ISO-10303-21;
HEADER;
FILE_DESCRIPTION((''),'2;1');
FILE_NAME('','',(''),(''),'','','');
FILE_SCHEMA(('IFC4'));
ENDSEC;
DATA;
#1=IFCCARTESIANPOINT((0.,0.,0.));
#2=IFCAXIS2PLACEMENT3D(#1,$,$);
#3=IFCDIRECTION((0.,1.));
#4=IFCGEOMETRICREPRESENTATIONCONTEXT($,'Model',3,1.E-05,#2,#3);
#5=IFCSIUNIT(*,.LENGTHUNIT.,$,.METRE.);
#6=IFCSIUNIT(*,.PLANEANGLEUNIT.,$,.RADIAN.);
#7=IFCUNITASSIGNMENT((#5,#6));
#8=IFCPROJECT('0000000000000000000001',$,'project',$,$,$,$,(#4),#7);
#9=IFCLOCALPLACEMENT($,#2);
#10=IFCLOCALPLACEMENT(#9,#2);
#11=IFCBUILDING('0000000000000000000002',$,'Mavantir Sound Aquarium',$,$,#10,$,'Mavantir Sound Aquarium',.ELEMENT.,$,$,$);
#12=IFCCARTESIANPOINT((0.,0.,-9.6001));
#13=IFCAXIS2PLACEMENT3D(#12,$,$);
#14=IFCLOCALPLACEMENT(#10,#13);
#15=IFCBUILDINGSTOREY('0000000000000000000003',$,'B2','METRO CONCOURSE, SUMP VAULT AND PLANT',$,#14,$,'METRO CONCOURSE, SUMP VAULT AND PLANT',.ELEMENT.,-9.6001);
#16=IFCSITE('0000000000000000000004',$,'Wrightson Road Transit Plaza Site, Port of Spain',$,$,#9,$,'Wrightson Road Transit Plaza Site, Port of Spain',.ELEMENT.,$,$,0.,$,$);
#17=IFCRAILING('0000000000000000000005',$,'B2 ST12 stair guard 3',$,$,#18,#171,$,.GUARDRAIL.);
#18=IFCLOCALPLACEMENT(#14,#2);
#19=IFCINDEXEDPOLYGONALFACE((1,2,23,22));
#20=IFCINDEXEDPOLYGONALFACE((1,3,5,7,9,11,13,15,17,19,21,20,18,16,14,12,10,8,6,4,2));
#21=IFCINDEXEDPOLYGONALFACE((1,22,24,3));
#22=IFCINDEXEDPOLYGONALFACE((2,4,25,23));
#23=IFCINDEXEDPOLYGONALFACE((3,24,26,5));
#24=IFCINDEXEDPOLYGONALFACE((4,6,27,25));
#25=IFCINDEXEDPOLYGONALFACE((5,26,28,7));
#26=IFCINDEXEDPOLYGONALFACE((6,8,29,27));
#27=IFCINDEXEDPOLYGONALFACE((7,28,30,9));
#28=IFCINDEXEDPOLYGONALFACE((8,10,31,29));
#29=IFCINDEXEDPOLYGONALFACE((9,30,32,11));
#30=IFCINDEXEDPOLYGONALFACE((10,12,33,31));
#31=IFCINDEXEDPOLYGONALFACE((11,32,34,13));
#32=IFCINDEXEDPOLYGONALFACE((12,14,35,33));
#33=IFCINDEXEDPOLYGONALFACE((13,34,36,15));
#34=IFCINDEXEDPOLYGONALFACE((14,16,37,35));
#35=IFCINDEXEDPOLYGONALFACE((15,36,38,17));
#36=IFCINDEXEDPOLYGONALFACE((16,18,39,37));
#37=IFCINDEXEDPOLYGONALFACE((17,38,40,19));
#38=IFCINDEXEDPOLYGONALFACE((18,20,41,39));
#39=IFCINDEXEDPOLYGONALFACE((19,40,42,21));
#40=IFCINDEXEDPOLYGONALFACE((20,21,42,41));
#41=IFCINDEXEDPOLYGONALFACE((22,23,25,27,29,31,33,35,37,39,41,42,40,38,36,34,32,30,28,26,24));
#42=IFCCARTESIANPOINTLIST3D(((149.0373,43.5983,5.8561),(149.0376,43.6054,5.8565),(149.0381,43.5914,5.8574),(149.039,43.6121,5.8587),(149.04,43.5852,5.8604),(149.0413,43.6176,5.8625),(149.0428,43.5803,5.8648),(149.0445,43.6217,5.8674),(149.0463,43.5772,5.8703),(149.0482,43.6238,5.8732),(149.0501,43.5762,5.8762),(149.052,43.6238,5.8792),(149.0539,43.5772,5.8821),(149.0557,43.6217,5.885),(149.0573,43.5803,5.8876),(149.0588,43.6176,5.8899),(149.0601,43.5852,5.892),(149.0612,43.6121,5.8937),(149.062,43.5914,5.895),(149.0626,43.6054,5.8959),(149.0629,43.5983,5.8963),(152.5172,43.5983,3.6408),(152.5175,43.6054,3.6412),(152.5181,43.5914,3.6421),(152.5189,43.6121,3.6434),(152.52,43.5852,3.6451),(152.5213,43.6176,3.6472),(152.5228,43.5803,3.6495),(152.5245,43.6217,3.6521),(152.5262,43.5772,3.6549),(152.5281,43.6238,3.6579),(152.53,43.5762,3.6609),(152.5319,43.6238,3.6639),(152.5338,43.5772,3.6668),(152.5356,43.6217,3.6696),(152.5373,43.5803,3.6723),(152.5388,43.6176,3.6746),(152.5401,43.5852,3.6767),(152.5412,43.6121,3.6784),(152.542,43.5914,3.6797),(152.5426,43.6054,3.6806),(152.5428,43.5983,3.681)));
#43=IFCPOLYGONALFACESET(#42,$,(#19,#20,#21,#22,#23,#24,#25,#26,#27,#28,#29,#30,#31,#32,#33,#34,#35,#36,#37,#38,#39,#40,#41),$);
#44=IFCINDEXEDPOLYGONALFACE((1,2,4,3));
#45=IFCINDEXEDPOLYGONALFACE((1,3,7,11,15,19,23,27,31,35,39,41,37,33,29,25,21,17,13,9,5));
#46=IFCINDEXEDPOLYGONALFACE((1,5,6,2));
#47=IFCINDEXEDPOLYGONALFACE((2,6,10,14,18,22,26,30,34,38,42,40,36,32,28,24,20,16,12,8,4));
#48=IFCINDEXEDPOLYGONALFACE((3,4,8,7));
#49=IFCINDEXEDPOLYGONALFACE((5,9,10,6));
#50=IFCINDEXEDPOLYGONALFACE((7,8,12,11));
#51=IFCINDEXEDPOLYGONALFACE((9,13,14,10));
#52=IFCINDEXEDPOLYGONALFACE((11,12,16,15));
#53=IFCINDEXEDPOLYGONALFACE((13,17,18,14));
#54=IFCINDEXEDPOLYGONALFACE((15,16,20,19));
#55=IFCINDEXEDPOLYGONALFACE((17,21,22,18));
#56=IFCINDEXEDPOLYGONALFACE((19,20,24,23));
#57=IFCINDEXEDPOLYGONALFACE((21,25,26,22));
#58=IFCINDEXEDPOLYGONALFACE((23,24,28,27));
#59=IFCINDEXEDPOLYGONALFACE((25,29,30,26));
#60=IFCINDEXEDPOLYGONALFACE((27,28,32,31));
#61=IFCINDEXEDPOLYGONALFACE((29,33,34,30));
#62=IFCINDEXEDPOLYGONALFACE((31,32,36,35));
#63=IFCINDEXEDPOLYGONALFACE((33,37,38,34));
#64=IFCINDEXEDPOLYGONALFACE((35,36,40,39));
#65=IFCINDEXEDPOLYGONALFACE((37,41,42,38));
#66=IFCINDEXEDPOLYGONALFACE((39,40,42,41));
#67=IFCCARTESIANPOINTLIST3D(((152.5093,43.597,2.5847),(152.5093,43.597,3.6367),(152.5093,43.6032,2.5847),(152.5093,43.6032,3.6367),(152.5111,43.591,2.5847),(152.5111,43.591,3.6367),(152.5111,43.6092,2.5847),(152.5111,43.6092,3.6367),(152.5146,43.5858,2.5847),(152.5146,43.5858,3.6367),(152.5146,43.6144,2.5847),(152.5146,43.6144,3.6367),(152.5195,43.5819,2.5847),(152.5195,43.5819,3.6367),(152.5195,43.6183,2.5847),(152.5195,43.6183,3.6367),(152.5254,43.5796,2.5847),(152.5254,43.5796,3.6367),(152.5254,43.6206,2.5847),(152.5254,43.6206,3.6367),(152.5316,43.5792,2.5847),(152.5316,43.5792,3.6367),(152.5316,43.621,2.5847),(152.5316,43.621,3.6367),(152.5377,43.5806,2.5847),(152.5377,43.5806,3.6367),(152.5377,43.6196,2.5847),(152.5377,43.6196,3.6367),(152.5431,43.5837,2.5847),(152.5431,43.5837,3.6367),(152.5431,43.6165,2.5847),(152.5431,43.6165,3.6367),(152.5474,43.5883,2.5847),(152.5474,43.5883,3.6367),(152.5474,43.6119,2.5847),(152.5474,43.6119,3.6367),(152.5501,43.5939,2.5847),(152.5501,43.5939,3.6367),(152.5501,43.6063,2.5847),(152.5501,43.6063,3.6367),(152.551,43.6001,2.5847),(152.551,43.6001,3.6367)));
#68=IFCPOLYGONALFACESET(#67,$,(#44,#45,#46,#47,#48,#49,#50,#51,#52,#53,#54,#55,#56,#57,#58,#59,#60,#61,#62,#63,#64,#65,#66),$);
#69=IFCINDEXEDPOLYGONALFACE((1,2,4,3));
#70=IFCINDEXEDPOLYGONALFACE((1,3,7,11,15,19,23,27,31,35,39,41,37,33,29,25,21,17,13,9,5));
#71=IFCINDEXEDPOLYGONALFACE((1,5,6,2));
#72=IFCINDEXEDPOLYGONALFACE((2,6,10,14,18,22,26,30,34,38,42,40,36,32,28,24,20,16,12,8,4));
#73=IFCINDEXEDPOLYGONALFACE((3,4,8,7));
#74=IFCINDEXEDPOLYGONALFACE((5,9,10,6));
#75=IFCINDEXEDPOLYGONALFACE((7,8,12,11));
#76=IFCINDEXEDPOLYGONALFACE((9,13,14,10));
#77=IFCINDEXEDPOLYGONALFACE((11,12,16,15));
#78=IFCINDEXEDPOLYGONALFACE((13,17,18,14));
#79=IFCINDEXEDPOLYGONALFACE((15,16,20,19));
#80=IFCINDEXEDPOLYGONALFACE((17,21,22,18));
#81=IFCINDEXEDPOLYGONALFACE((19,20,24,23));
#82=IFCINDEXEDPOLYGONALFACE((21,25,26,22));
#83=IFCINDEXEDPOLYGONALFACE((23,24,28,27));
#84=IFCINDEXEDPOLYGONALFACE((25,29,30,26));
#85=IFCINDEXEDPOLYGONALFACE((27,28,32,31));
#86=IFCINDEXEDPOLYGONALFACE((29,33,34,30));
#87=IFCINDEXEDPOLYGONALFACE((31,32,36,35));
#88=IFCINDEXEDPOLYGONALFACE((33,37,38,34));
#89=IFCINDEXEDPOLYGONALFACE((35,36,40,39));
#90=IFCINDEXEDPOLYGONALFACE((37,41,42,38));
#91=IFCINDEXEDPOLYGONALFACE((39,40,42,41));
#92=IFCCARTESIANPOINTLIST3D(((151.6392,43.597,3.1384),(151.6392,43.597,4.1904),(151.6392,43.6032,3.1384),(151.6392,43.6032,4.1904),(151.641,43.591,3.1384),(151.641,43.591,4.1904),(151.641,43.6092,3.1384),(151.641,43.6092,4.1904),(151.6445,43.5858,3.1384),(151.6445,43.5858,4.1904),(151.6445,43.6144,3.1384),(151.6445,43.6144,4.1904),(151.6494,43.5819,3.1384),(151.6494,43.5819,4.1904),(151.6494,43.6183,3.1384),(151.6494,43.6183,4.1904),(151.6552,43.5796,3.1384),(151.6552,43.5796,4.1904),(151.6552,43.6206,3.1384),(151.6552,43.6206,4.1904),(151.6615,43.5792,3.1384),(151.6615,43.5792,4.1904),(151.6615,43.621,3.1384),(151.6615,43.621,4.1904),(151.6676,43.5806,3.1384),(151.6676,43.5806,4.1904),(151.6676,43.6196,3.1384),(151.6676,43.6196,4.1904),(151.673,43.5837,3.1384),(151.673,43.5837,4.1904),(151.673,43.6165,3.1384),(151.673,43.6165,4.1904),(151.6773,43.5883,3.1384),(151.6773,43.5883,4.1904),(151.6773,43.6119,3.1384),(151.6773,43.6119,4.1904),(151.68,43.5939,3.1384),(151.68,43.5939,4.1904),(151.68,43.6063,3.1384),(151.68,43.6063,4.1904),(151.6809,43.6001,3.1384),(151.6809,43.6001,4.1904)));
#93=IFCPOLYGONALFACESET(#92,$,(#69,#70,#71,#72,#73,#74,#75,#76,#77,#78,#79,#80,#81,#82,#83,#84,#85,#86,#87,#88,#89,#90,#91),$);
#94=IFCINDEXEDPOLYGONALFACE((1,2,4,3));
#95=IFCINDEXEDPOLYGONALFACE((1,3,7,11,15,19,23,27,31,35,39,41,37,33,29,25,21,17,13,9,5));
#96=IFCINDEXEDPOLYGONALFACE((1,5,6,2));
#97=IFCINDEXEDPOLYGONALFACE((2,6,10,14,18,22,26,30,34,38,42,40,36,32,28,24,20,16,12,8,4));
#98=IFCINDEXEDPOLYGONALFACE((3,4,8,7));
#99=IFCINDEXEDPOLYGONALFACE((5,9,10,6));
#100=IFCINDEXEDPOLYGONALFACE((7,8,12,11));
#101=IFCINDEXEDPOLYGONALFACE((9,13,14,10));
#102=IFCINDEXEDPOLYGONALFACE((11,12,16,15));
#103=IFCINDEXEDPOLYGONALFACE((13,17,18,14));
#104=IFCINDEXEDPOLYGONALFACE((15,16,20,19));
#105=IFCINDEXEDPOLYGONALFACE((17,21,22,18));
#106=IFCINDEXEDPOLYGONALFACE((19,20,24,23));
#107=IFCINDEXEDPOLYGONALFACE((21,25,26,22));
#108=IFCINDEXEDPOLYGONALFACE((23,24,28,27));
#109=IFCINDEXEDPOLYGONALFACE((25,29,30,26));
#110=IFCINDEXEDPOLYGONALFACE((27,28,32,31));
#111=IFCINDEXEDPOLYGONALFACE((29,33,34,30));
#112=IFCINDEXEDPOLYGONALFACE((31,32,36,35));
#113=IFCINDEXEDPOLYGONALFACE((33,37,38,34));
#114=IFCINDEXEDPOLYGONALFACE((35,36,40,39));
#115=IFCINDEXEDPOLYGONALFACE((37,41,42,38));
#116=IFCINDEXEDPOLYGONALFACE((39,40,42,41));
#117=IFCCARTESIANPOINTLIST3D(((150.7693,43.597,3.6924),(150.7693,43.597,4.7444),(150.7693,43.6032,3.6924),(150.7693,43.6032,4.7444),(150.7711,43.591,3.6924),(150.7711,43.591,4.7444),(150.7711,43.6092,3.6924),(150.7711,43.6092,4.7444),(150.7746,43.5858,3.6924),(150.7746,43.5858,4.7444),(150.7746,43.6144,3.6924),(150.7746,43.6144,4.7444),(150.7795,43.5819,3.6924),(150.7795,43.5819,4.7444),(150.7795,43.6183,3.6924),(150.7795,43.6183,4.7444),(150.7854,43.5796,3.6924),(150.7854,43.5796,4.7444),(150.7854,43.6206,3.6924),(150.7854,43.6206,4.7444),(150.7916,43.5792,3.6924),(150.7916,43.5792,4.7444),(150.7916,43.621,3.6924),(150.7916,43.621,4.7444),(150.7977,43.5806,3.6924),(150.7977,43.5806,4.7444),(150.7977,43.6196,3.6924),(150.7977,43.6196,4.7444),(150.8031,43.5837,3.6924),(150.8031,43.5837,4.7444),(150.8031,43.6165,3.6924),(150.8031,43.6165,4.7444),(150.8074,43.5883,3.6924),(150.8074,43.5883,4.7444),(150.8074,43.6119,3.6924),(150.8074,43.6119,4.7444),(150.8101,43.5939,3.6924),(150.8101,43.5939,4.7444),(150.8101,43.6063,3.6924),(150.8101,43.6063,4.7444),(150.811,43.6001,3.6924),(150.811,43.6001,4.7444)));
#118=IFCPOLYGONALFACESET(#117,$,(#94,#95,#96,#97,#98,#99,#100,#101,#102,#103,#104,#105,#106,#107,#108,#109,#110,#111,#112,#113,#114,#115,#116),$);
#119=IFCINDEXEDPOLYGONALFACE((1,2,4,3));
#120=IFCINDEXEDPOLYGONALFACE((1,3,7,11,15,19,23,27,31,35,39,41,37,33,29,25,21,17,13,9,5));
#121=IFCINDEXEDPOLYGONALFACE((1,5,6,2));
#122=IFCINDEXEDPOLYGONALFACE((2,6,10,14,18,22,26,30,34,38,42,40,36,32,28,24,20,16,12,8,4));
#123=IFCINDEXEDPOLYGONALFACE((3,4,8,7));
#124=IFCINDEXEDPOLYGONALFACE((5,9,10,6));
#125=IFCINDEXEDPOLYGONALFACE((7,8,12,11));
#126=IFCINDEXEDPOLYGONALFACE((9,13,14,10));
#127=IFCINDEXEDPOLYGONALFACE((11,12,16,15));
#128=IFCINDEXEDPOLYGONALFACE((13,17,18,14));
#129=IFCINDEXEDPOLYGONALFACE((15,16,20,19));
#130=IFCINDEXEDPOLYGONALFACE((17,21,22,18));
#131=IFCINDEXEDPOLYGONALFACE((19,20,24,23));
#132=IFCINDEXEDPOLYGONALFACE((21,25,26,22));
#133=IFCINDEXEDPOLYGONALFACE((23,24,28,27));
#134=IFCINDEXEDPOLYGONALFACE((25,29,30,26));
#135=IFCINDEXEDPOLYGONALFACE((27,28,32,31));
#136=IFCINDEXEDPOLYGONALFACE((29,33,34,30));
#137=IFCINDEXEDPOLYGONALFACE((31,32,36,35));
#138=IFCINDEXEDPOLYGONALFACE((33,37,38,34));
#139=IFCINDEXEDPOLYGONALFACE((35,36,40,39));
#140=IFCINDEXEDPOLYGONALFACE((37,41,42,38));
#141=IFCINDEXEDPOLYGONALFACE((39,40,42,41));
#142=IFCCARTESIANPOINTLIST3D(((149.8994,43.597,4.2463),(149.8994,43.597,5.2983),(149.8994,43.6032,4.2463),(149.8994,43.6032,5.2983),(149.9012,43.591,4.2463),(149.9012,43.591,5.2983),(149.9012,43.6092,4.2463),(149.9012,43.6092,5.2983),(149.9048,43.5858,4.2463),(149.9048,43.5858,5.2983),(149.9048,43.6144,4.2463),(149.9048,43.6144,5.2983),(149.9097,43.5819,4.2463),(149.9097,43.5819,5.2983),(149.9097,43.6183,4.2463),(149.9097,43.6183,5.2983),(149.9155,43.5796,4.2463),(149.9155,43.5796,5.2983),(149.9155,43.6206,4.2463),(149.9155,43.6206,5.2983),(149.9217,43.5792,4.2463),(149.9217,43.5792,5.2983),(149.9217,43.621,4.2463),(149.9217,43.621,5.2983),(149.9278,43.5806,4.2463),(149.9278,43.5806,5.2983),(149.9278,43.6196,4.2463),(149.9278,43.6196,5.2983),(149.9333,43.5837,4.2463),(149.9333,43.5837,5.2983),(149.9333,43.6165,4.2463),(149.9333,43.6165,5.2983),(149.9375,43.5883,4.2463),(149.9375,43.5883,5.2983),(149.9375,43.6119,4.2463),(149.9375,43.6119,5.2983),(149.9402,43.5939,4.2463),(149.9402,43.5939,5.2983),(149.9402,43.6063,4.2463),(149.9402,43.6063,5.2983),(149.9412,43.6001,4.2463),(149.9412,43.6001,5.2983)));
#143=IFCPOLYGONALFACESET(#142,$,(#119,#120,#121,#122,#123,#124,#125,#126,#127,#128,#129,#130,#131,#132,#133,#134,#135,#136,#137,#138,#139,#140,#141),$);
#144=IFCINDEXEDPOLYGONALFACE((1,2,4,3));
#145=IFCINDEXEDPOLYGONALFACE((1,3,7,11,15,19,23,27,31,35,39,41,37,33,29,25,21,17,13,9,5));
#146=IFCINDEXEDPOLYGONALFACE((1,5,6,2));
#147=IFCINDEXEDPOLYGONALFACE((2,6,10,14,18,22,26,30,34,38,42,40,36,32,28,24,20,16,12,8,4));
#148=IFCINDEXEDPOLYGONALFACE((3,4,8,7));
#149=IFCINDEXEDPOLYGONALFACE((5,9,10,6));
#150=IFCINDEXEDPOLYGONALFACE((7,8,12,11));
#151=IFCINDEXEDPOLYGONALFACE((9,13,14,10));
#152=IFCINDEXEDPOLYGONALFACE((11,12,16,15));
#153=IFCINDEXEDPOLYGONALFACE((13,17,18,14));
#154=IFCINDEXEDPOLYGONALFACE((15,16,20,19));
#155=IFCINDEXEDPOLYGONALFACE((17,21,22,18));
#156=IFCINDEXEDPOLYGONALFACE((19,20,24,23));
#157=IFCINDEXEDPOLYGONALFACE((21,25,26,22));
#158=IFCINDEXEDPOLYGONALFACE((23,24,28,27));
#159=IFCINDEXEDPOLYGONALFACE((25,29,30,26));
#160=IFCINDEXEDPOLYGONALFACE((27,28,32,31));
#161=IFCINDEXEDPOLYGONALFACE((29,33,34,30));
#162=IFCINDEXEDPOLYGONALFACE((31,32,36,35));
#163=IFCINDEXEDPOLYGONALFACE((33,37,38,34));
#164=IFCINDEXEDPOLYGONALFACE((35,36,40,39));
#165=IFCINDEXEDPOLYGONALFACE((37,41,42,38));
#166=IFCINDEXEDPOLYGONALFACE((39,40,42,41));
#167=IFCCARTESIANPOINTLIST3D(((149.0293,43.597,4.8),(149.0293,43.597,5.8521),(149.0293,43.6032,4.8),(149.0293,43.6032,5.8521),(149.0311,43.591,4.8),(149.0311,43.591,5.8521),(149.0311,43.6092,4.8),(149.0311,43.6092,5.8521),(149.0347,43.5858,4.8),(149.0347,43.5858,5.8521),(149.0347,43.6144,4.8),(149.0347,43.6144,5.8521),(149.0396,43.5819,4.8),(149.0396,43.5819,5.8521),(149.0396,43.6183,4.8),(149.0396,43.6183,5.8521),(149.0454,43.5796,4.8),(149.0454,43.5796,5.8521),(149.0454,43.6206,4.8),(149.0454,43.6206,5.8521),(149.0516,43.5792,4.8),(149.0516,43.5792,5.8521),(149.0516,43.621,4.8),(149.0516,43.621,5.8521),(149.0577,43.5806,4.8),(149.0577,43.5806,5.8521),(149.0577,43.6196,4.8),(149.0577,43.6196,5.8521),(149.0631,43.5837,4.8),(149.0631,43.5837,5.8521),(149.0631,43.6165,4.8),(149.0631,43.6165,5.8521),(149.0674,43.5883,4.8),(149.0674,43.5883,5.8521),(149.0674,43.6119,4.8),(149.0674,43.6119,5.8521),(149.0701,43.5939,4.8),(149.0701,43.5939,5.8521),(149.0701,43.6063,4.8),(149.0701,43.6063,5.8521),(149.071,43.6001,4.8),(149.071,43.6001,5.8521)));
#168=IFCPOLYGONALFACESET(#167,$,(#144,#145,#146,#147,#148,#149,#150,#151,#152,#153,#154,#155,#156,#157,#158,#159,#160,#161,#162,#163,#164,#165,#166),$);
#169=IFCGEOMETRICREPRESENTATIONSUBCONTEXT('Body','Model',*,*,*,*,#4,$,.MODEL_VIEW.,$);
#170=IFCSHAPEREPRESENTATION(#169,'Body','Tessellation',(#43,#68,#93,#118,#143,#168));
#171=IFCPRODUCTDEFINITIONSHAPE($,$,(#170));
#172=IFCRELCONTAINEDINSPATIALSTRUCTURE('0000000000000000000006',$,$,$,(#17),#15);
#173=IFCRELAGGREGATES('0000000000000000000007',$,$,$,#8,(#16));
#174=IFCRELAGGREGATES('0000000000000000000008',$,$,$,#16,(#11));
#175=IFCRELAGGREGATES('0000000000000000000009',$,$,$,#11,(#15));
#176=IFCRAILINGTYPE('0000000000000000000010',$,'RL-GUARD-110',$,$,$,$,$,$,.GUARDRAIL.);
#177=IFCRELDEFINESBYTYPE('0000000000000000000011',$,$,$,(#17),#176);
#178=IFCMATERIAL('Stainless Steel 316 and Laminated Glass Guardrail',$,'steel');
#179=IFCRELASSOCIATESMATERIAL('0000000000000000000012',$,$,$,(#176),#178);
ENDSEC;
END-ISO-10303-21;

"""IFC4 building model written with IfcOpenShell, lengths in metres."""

from ifc_helpers import new_model, si_unit, direction, frame, origin, origin_2d, place, context, subcontext, project, spatial, circle, extrude, material, type_object, element, save


model = new_model("IFC4")

# Units and contexts
model_context = context("Model", 3, precision=1e-05, world=origin(), true_north=direction((0.0, 1.0)))
body_context = subcontext(model_context, "Body", "Model", "MODEL_VIEW")
ifc_project = project(units=[si_unit("LENGTHUNIT", "METRE"), si_unit("PLANEANGLEUNIT", "RADIAN")], contexts=[model_context])

# Site, building, storey
site_placement = place(None, origin())
site = spatial("IfcSite", under=ifc_project, at=site_placement, Name="Wrightson Road Transit Plaza Site, Port of Spain", LongName="Wrightson Road Transit Plaza Site, Port of Spain", CompositionType="ELEMENT", RefElevation=0.0)
building_placement = place(site_placement, origin())
building = spatial("IfcBuilding", under=site, at=building_placement, Name="Mavantir Sound Aquarium", LongName="Mavantir Sound Aquarium", CompositionType="ELEMENT")
storey_placement = place(building_placement, frame((0.0, 0.0, -9.6001)))
storey = spatial("IfcBuildingStorey", under=building, at=storey_placement, Name="B2", Description="METRO CONCOURSE, SUMP VAULT AND PLANT", LongName="METRO CONCOURSE, SUMP VAULT AND PLANT", CompositionType="ELEMENT", Elevation=-9.6001)

# Railing
ifc_material_1 = material(Name="Stainless Steel 316 and Laminated Glass Guardrail", Category="steel")
railing_type_1 = type_object("IfcRailingType", Name="RL-GUARD-110", PredefinedType="GUARDRAIL", material=ifc_material_1)
railing_1_placement = place(storey_placement, frame((152.53, 43.6001, 2.5847)))
element("IfcRailing", 1, at=railing_1_placement, inside=storey, type_object=railing_type_1, Name="B2 ST12 stair guard 3", PredefinedType="GUARDRAIL", context=body_context, shape_type="SweptSolid", body=[
    extrude(circle(Radius=0.0239, at=origin_2d()), frame((0.0, 0.0, 1.0762), z_axis=(-0.843574, 0.0, 0.537013), x_axis=(0.0, -1.0, 0.0)), (0.0, 0.0, 1.0), 4.1252),
    extrude(circle(Radius=0.021, at=origin_2d()), origin(), (0.0, 0.0, 1.0), 1.052),
    extrude(circle(Radius=0.021, at=origin_2d()), frame((-0.8701, 0.0, 0.5537)), (0.0, 0.0, 1.0), 1.052),
    extrude(circle(Radius=0.021, at=origin_2d()), frame((-1.74, 0.0, 1.1077)), (0.0, 0.0, 1.0), 1.052),
    extrude(circle(Radius=0.021, at=origin_2d()), frame((-2.6099, 0.0, 1.6616)), (0.0, 0.0, 1.0), 1.052),
    extrude(circle(Radius=0.021, at=origin_2d()), frame((-3.48, 0.0, 2.2153)), (0.0, 0.0, 1.0), 1.052),
])

save(model, "model.ifc")
